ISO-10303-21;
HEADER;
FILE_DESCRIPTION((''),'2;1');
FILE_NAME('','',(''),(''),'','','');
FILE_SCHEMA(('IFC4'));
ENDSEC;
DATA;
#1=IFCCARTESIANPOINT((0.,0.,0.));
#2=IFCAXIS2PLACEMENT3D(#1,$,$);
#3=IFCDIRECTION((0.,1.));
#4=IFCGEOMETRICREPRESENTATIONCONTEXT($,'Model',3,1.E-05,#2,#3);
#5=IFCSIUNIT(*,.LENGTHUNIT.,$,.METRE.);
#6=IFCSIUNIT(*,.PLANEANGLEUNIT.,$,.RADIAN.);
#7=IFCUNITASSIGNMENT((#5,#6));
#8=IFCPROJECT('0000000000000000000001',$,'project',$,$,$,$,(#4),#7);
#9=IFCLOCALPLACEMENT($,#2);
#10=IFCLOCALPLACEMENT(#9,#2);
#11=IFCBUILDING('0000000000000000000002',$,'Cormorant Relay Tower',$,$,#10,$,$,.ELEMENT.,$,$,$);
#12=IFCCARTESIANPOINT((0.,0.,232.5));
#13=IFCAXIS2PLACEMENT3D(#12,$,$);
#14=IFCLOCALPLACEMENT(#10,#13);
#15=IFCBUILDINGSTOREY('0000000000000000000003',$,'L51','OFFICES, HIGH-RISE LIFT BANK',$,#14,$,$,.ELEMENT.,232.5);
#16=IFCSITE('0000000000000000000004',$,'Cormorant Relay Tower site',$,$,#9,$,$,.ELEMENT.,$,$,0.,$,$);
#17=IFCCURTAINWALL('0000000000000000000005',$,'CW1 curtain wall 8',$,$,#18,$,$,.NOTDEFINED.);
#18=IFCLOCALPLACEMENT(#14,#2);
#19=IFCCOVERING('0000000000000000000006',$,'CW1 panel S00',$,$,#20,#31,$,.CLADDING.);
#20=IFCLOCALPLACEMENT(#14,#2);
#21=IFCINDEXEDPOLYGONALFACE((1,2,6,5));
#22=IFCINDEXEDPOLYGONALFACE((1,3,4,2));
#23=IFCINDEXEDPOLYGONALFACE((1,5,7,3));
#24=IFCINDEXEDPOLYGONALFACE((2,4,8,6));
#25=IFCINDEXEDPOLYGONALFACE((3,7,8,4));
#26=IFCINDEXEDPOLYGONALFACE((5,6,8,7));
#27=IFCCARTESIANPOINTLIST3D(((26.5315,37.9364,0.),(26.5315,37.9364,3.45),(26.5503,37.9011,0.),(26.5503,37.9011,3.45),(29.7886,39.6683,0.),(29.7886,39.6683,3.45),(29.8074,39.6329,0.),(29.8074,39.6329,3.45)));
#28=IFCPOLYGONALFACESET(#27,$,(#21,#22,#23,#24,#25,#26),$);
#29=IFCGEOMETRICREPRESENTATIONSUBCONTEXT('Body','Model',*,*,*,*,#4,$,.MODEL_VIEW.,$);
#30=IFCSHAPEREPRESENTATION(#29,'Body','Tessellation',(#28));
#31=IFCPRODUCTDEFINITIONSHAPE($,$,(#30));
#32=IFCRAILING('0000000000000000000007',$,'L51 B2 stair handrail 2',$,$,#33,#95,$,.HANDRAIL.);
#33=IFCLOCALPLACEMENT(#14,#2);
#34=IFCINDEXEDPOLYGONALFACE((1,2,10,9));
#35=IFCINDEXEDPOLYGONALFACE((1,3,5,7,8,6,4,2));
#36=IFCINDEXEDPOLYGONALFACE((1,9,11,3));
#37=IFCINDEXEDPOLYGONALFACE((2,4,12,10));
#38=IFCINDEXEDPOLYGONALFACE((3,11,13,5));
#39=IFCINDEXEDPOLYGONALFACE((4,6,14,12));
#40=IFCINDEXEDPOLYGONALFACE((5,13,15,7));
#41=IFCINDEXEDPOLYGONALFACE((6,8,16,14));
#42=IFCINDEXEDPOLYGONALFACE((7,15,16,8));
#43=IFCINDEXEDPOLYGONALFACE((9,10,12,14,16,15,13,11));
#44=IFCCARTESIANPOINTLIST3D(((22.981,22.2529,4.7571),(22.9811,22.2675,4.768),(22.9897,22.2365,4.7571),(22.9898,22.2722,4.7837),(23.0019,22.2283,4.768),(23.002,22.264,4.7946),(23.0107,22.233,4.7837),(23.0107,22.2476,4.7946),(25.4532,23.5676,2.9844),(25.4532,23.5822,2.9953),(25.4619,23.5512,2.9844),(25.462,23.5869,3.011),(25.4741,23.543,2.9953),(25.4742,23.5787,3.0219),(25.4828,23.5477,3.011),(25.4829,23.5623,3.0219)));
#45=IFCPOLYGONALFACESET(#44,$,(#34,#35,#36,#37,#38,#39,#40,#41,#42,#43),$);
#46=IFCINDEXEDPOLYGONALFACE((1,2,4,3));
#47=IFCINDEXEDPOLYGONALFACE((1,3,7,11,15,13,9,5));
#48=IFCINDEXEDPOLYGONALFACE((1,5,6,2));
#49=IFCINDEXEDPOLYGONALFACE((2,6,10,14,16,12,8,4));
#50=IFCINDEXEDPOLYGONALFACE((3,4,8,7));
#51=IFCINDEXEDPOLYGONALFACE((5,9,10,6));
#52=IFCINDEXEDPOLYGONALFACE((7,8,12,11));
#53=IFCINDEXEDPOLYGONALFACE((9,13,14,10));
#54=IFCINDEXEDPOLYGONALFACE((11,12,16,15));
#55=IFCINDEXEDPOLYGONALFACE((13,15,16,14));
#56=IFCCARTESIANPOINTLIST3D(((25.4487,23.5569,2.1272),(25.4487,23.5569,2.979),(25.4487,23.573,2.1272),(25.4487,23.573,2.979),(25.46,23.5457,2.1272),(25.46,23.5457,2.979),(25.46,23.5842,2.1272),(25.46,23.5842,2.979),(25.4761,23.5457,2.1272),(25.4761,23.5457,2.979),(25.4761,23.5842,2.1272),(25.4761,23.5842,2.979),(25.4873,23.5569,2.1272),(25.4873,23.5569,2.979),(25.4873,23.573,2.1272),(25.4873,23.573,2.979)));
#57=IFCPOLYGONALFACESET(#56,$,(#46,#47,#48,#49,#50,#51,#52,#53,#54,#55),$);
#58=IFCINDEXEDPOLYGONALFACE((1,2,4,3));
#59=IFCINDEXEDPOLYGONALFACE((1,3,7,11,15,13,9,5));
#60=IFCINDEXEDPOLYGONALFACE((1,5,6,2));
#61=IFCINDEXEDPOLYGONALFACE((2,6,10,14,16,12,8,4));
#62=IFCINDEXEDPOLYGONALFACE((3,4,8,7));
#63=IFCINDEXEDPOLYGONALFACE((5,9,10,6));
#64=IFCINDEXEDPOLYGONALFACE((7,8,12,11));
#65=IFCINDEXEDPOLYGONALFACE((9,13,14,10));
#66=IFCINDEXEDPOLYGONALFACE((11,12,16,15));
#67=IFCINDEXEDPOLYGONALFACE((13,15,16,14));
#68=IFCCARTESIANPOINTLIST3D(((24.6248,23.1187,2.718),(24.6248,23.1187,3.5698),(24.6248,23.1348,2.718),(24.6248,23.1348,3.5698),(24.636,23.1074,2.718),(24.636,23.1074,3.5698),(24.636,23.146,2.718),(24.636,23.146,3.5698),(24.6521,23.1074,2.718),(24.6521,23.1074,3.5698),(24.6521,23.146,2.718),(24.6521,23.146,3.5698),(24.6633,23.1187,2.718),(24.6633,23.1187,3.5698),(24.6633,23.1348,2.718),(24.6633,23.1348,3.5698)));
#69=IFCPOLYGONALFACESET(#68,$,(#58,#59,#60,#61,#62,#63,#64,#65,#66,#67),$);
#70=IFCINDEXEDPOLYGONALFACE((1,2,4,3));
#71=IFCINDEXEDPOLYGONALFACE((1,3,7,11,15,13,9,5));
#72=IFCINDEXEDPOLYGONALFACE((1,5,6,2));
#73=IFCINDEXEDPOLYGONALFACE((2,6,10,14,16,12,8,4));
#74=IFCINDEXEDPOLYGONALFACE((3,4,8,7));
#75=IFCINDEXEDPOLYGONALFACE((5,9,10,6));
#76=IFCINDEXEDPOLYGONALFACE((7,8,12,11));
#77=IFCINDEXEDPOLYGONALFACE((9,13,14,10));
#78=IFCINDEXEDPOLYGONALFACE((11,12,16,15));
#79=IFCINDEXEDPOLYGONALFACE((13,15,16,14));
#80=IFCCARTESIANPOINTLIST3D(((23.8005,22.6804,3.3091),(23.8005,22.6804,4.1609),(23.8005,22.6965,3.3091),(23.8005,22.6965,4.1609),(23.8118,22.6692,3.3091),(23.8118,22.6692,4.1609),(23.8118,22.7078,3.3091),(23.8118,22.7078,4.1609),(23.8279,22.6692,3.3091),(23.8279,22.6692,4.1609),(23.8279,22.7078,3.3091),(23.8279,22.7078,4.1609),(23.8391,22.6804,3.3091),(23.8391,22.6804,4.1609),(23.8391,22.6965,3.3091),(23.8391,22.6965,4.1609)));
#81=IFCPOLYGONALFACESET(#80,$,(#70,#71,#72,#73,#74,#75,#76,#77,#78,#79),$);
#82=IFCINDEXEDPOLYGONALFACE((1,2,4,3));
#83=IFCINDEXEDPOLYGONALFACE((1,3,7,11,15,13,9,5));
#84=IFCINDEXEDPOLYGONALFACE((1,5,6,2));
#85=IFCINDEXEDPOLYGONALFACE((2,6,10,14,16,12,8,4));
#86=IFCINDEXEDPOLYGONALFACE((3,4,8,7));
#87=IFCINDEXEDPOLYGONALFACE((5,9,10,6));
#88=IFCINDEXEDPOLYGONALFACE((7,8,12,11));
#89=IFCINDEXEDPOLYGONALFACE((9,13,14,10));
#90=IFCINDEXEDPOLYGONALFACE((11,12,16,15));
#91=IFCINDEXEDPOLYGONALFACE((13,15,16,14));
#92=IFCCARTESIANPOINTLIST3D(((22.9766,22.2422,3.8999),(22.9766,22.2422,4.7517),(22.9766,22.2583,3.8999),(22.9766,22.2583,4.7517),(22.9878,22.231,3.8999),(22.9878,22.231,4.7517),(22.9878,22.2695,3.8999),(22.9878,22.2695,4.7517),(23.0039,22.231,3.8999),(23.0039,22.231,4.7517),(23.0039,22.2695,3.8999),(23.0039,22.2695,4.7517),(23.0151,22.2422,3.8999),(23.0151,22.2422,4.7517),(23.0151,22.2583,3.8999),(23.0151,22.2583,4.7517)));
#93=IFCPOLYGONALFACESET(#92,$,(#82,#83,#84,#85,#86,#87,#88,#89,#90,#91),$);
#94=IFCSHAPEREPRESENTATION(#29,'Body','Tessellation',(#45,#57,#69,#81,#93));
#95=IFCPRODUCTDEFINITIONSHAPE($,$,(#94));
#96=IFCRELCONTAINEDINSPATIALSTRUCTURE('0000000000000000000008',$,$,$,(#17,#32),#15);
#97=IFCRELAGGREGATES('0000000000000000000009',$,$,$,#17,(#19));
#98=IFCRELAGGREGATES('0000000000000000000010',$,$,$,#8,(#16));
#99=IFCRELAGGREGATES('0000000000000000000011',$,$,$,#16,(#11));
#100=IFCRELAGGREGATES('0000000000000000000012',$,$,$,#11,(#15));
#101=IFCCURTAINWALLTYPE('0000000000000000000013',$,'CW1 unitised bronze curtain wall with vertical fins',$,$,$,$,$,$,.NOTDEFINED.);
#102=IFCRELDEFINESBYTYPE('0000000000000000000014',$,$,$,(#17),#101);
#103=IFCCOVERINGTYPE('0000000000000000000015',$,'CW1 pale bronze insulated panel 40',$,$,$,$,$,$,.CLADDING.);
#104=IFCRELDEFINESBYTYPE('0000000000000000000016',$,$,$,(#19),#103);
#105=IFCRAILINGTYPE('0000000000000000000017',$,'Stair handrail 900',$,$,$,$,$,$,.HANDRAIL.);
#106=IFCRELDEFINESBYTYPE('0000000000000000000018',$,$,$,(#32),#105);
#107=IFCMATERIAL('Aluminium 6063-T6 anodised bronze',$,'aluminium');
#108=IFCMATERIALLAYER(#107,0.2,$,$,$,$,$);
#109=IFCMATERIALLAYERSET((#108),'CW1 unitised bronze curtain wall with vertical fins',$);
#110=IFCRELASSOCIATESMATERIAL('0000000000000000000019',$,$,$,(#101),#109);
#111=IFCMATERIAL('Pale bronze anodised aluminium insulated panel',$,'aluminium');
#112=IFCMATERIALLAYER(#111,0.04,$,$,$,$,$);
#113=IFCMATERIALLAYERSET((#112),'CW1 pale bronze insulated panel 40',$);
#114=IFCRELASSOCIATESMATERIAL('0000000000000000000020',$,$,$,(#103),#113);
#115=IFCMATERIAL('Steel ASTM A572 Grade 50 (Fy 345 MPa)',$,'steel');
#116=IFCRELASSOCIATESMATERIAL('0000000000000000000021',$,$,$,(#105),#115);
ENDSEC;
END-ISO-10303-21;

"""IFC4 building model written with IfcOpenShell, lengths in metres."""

from ifc_helpers import new_model, si_unit, direction, frame, origin, origin_2d, place, context, subcontext, project, spatial, polyline, rectangle, outline, extrude, material, layer, layer_set, type_object, element, aggregate, save


model = new_model("IFC4")

# Units and contexts
model_context = context("Model", 3, precision=1e-05, world=origin(), true_north=direction((0.0, 1.0)))
body_context = subcontext(model_context, "Body", "Model", "MODEL_VIEW")
ifc_project = project(units=[si_unit("LENGTHUNIT", "METRE"), si_unit("PLANEANGLEUNIT", "RADIAN")], contexts=[model_context])

# Site, building, storey
site_placement = place(None, origin())
site = spatial("IfcSite", under=ifc_project, at=site_placement, Name="Cormorant Relay Tower site", CompositionType="ELEMENT", RefElevation=0.0)
building_placement = place(site_placement, origin())
building = spatial("IfcBuilding", under=site, at=building_placement, Name="Cormorant Relay Tower", CompositionType="ELEMENT")
storey_placement = place(building_placement, frame((0.0, 0.0, 232.5)))
storey = spatial("IfcBuildingStorey", under=building, at=storey_placement, Name="L51", Description="OFFICES, HIGH-RISE LIFT BANK", CompositionType="ELEMENT", Elevation=232.5)

# Shared definitions
ifc_material_1 = material(Name="Aluminium 6063-T6 anodised bronze", Category="aluminium")
ifc_layer_1 = layer(ifc_material_1, 0.2)
ifc_layer_set_1 = layer_set([ifc_layer_1], Name="CW1 unitised bronze curtain wall with vertical fins")
curtain_wall_type = type_object("IfcCurtainWallType", Name="CW1 unitised bronze curtain wall with vertical fins", PredefinedType="NOTDEFINED", material=ifc_layer_set_1)

# Curtain wall
curtain_wall_1_placement = place(storey_placement, origin())
curtain_wall_1 = element("IfcCurtainWall", 1, at=curtain_wall_1_placement, inside=storey, type_object=curtain_wall_type, Name="CW1 curtain wall 8", PredefinedType="NOTDEFINED")

# Covering
ifc_material_2 = material(Name="Pale bronze anodised aluminium insulated panel", Category="aluminium")
ifc_layer_2 = layer(ifc_material_2, 0.04)
ifc_layer_set_2 = layer_set([ifc_layer_2], Name="CW1 pale bronze insulated panel 40")
covering_type = type_object("IfcCoveringType", Name="CW1 pale bronze insulated panel 40", PredefinedType="CLADDING", material=ifc_layer_set_2)
covering_1_placement = place(storey_placement, frame((28.1694, 38.7847, 0.0), z_axis=(0.0, 0.0, 1.0), x_axis=(-0.882948, -0.469472, 0.0)))
covering_1 = element("IfcCovering", 2, at=covering_1_placement, type_object=covering_type, Name="CW1 panel S00", PredefinedType="CLADDING", context=body_context, shape_type="SweptSolid", body=[
    extrude(rectangle(XDim=3.689, YDim=0.04, at=origin_2d()), origin(), (0.0, 0.0, 1.0), 3.45),
])
aggregate(curtain_wall_1, [covering_1])

# Railing
ifc_material_3 = material(Name="Steel ASTM A572 Grade 50 (Fy 345 MPa)", Category="steel")
railing_type = type_object("IfcRailingType", Name="Stair handrail 900", PredefinedType="HANDRAIL", material=ifc_material_3)
railing_placement = place(storey_placement, frame((25.468, 23.5649, 2.1272)))
element("IfcRailing", 3, at=railing_placement, inside=storey, type_object=railing_type, Name="L51 B2 stair handrail 2", PredefinedType="HANDRAIL", context=body_context, shape_type="SweptSolid", body=[
    extrude(outline(polyline([(0.0222, 0.0093), (0.0093, 0.0222), (-0.0093, 0.0222), (-0.0222, 0.0093), (-0.0222, -0.0093), (-0.0093, -0.0222), (0.0093, -0.0222), (0.0222, -0.0093), (0.0222, 0.0093)])), frame((0.0, 0.0, 0.876), z_axis=(-0.745979, -0.396711, 0.534916), x_axis=(0.469533, -0.882915, 0.0)), (0.0, 0.0, 1.0), 3.314),
    extrude(outline(polyline([(0.0193, 0.0081), (0.0081, 0.0193), (-0.0081, 0.0193), (-0.0193, 0.0081), (-0.0193, -0.0081), (-0.0081, -0.0193), (0.0081, -0.0193), (0.0193, -0.0081), (0.0193, 0.0081)])), origin(), (0.0, 0.0, 1.0), 0.8518),
    extrude(outline(polyline([(0.0193, 0.0081), (0.0081, 0.0193), (-0.0081, 0.0193), (-0.0193, 0.0081), (-0.0193, -0.0081), (-0.0081, -0.0193), (0.0081, -0.0193), (0.0193, -0.0081), (0.0193, 0.0081)])), frame((-0.824, -0.4382, 0.5908)), (0.0, 0.0, 1.0), 0.8518),
    extrude(outline(polyline([(0.0193, 0.0081), (0.0081, 0.0193), (-0.0081, 0.0193), (-0.0193, 0.0081), (-0.0193, -0.0081), (-0.0081, -0.0193), (0.0081, -0.0193), (0.0193, -0.0081), (0.0193, 0.0081)])), frame((-1.6482, -0.8765, 1.1819)), (0.0, 0.0, 1.0), 0.8518),
    extrude(outline(polyline([(0.0193, 0.0081), (0.0081, 0.0193), (-0.0081, 0.0193), (-0.0193, 0.0081), (-0.0193, -0.0081), (-0.0081, -0.0193), (0.0081, -0.0193), (0.0193, -0.0081), (0.0193, 0.0081)])), frame((-2.4722, -1.3147, 1.7727)), (0.0, 0.0, 1.0), 0.8518),
])

save(model, "model.ifc")
